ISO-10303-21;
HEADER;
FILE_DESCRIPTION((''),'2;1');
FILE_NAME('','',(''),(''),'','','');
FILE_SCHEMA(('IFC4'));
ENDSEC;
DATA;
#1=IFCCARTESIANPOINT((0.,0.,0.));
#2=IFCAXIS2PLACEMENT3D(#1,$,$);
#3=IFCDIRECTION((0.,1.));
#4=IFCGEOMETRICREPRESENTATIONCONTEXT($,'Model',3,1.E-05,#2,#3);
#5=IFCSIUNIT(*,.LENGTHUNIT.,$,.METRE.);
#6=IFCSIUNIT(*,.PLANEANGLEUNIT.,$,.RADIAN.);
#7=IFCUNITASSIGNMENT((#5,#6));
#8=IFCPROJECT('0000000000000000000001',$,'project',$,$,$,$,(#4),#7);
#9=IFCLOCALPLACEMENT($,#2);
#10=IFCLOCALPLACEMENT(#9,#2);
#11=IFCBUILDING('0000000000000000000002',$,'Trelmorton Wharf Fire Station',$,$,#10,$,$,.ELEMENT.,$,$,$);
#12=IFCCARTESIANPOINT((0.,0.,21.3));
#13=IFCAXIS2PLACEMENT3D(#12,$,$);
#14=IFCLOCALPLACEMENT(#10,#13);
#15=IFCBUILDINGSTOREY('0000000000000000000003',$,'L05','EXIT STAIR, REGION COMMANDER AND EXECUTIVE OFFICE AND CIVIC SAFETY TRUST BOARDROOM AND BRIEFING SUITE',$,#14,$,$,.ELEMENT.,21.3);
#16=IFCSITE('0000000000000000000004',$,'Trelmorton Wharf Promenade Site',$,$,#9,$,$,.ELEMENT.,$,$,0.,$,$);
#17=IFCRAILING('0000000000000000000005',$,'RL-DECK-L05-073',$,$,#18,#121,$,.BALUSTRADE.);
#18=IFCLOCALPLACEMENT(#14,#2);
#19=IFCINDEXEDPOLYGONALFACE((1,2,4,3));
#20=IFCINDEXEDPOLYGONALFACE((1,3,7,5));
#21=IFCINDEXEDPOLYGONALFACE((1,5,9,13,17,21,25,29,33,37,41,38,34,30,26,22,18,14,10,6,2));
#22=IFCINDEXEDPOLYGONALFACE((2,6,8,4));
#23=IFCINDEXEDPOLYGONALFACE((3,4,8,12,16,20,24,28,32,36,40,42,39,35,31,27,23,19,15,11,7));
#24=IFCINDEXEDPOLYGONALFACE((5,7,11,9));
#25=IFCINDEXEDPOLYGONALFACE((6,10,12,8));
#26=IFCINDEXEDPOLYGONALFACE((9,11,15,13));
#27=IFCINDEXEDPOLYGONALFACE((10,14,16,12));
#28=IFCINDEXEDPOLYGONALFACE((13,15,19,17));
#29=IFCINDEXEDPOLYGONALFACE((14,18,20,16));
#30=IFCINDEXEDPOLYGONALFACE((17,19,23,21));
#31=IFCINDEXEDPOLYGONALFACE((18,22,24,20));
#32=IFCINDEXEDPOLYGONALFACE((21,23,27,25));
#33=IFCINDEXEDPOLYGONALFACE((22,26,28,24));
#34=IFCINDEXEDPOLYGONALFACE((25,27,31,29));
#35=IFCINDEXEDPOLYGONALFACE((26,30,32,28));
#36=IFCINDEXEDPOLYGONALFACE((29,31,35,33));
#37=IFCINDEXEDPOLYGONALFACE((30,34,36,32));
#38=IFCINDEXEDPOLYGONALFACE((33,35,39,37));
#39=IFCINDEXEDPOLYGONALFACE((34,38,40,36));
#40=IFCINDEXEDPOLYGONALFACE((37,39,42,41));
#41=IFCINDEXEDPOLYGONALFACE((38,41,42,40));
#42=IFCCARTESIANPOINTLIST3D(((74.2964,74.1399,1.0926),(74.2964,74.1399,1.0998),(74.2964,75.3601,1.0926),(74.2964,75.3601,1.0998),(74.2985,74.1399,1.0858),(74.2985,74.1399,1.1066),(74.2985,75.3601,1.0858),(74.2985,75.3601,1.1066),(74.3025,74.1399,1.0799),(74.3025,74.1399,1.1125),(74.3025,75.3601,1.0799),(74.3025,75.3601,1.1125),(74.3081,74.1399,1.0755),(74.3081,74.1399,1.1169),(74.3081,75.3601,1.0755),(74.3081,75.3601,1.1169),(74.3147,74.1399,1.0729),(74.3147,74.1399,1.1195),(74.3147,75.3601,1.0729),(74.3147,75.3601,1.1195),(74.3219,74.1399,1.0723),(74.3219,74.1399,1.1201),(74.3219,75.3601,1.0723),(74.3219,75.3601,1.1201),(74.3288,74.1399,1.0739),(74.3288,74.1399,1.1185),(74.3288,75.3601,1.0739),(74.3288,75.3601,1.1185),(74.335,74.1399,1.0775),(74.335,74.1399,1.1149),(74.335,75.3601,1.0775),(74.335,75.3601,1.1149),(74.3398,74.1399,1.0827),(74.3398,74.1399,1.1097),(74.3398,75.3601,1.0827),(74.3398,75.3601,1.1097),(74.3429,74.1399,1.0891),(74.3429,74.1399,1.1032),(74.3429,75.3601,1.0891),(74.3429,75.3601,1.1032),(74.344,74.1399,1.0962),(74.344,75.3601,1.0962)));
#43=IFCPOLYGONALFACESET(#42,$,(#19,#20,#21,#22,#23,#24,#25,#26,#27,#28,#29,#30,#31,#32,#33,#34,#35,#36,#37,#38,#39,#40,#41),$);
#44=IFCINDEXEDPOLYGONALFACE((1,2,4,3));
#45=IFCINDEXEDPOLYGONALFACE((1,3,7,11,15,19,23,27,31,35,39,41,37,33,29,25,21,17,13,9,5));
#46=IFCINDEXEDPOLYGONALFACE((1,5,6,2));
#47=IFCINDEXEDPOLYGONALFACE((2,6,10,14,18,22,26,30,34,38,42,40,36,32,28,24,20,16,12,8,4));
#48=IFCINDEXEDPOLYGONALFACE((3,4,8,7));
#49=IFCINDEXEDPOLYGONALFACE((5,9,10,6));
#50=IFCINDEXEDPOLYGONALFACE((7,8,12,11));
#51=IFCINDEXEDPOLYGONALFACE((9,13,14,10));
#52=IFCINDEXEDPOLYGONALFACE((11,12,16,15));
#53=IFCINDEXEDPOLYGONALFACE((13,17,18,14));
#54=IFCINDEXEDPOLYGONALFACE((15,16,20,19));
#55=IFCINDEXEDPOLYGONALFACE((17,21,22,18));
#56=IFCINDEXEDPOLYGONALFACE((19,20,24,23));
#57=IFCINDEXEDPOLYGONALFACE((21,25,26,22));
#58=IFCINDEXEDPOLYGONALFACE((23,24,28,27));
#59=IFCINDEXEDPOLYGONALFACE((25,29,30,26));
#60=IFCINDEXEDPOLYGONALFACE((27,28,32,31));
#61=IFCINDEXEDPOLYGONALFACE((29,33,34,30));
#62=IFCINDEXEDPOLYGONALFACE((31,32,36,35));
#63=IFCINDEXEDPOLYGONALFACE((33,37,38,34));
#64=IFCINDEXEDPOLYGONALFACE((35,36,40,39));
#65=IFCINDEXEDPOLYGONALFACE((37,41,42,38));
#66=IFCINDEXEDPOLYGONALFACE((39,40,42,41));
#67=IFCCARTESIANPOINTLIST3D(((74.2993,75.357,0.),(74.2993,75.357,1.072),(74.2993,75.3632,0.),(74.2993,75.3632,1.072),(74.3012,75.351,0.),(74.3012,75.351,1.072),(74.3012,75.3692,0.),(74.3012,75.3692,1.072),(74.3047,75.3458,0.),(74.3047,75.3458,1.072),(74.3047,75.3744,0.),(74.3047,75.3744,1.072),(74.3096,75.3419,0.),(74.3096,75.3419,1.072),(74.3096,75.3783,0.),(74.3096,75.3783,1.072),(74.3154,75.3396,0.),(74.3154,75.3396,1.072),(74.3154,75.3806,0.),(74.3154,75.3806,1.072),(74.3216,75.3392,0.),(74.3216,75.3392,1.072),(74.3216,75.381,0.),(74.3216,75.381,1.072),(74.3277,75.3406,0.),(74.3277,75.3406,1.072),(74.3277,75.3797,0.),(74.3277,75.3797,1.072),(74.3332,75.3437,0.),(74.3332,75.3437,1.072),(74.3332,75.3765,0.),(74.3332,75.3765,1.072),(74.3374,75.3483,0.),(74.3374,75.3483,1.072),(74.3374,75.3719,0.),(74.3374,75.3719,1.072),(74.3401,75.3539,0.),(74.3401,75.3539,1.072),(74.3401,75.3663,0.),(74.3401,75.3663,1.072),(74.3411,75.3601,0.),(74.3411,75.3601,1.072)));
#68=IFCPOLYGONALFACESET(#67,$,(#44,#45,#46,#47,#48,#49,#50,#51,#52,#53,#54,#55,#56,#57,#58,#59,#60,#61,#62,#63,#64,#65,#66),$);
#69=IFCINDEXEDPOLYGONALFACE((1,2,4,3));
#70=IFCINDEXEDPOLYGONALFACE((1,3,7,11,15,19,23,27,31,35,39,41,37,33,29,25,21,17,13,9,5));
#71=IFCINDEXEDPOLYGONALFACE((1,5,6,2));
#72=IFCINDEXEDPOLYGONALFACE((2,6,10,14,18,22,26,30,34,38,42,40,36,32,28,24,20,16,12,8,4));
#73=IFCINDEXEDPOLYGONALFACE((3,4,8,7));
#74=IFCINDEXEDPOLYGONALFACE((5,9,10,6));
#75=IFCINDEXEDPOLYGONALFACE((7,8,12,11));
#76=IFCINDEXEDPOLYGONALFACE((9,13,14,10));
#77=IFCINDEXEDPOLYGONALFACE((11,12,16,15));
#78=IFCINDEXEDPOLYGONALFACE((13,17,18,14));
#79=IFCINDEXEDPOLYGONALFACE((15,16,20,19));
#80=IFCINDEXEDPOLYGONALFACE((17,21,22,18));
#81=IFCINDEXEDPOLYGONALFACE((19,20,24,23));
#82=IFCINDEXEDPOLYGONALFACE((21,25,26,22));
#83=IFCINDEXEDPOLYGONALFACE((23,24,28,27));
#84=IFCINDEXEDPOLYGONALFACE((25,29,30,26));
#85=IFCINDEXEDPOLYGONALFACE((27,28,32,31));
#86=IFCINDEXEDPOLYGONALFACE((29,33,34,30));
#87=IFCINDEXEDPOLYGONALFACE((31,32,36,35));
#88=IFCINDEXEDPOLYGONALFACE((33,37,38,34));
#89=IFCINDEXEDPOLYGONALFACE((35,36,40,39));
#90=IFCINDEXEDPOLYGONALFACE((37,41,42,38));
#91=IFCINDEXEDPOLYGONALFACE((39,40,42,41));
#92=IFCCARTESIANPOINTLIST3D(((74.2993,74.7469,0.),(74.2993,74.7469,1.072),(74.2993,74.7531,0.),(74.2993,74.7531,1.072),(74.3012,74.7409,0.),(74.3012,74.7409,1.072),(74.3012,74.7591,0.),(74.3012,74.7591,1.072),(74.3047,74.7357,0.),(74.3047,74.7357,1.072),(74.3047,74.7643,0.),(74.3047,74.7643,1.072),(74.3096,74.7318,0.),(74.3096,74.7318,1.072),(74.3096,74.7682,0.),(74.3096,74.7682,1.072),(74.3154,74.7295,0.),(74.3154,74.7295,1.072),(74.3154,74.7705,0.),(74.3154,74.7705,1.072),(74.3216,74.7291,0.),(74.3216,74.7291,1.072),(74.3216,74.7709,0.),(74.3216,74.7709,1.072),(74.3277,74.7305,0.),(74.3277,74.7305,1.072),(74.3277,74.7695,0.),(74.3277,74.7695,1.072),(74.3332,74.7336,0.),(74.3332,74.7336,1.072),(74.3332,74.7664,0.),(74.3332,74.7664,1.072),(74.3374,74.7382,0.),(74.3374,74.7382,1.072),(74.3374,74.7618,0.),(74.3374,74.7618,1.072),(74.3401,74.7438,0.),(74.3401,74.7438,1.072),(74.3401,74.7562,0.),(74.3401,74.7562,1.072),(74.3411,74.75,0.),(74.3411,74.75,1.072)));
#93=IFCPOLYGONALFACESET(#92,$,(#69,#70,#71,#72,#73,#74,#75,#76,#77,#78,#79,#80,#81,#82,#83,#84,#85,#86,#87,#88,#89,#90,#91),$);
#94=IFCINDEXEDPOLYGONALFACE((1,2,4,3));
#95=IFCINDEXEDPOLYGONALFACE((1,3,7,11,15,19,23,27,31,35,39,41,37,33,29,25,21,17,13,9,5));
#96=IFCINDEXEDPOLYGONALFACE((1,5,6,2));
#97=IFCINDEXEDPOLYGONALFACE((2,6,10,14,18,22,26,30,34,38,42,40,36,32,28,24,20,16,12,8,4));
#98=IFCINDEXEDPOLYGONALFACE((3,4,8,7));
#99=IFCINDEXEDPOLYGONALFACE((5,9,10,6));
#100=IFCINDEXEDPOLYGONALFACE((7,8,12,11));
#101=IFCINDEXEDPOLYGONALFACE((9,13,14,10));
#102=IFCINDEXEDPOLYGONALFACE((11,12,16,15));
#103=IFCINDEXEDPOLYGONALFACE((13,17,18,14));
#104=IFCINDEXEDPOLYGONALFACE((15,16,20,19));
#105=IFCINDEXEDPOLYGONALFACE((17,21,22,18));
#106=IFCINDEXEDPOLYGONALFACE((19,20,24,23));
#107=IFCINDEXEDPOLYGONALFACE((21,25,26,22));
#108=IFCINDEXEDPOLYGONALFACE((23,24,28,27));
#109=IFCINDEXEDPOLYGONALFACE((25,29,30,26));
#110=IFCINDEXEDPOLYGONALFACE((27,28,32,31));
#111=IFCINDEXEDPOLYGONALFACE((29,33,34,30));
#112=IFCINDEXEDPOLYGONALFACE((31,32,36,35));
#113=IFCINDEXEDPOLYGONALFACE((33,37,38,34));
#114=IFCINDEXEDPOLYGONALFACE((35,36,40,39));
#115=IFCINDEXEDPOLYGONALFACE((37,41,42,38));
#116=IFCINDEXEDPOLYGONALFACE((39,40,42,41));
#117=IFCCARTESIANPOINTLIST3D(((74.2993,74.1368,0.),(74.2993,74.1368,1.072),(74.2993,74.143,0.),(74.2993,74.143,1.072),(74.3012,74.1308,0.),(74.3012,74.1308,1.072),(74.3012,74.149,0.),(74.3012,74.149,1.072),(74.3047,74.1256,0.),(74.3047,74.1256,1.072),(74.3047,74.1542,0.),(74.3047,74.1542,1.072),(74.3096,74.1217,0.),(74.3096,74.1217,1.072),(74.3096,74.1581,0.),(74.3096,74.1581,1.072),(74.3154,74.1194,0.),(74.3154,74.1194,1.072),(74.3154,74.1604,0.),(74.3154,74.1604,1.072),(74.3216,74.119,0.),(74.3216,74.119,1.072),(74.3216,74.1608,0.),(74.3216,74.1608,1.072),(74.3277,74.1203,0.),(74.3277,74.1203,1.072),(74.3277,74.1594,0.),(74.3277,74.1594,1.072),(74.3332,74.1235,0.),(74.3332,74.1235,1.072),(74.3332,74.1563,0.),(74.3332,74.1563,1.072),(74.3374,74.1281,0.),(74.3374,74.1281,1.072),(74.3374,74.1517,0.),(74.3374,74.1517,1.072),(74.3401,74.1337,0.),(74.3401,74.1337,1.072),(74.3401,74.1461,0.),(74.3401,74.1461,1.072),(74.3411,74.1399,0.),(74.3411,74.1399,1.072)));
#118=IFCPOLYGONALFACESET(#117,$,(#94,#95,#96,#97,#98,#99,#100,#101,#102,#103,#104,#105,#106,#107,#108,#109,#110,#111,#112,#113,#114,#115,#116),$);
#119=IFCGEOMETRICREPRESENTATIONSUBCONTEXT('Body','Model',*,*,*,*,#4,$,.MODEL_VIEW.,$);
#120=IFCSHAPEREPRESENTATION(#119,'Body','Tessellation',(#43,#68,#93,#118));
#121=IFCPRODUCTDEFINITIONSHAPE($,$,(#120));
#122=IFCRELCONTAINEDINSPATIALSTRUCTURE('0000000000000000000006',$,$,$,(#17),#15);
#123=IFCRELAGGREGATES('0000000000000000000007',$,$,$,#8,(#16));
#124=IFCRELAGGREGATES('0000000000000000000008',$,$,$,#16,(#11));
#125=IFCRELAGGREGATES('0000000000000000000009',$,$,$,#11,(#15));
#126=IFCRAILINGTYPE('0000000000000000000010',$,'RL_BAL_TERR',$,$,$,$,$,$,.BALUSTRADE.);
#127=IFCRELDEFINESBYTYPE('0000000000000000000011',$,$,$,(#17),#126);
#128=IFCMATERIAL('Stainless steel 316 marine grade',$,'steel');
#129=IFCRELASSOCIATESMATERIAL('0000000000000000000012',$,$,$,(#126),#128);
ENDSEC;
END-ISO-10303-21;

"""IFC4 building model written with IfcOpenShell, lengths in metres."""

from ifc_helpers import new_model, si_unit, direction, frame, origin, origin_2d, place, context, subcontext, project, spatial, circle, extrude, material, type_object, element, save


model = new_model("IFC4")

# Units and contexts
model_context = context("Model", 3, precision=1e-05, world=origin(), true_north=direction((0.0, 1.0)))
body_context = subcontext(model_context, "Body", "Model", "MODEL_VIEW")
ifc_project = project(units=[si_unit("LENGTHUNIT", "METRE"), si_unit("PLANEANGLEUNIT", "RADIAN")], contexts=[model_context])

# Site, building, storey
site_placement = place(None, origin())
site = spatial("IfcSite", under=ifc_project, at=site_placement, Name="Trelmorton Wharf Promenade Site", CompositionType="ELEMENT", RefElevation=0.0)
building_placement = place(site_placement, origin())
building = spatial("IfcBuilding", under=site, at=building_placement, Name="Trelmorton Wharf Fire Station", CompositionType="ELEMENT")
storey_placement = place(building_placement, frame((0.0, 0.0, 21.3)))
storey = spatial("IfcBuildingStorey", under=building, at=storey_placement, Name="L05", Description="EXIT STAIR, REGION COMMANDER AND EXECUTIVE OFFICE AND CIVIC SAFETY TRUST BOARDROOM AND BRIEFING SUITE", CompositionType="ELEMENT", Elevation=21.3)

# Shared definitions
ifc_material_1 = material(Name="Stainless steel 316 marine grade", Category="steel")

# Railing
railing_type_1 = type_object("IfcRailingType", Name="RL_BAL_TERR", PredefinedType="BALUSTRADE", material=ifc_material_1)
railing_1_placement = place(storey_placement, frame((74.3201, 75.3601, 0.0)))
element("IfcRailing", 1, at=railing_1_placement, inside=storey, type_object=railing_type_1, Name="RL-DECK-L05-073", PredefinedType="BALUSTRADE", context=body_context, shape_type="SweptSolid", body=[
    extrude(circle(Radius=0.0239, at=origin_2d()), frame((0.0, 0.0, 1.0962), z_axis=(0.0, -1.0, 0.0), x_axis=(1.0, 0.0, 0.0)), (0.0, 0.0, 1.0), 1.2202),
    extrude(circle(Radius=0.021, at=origin_2d()), origin(), (0.0, 0.0, 1.0), 1.072),
    extrude(circle(Radius=0.021, at=origin_2d()), frame((0.0, -0.6101, 0.0)), (0.0, 0.0, 1.0), 1.072),
    extrude(circle(Radius=0.021, at=origin_2d()), frame((0.0, -1.2202, 0.0)), (0.0, 0.0, 1.0), 1.072),
])

save(model, "model.ifc")
